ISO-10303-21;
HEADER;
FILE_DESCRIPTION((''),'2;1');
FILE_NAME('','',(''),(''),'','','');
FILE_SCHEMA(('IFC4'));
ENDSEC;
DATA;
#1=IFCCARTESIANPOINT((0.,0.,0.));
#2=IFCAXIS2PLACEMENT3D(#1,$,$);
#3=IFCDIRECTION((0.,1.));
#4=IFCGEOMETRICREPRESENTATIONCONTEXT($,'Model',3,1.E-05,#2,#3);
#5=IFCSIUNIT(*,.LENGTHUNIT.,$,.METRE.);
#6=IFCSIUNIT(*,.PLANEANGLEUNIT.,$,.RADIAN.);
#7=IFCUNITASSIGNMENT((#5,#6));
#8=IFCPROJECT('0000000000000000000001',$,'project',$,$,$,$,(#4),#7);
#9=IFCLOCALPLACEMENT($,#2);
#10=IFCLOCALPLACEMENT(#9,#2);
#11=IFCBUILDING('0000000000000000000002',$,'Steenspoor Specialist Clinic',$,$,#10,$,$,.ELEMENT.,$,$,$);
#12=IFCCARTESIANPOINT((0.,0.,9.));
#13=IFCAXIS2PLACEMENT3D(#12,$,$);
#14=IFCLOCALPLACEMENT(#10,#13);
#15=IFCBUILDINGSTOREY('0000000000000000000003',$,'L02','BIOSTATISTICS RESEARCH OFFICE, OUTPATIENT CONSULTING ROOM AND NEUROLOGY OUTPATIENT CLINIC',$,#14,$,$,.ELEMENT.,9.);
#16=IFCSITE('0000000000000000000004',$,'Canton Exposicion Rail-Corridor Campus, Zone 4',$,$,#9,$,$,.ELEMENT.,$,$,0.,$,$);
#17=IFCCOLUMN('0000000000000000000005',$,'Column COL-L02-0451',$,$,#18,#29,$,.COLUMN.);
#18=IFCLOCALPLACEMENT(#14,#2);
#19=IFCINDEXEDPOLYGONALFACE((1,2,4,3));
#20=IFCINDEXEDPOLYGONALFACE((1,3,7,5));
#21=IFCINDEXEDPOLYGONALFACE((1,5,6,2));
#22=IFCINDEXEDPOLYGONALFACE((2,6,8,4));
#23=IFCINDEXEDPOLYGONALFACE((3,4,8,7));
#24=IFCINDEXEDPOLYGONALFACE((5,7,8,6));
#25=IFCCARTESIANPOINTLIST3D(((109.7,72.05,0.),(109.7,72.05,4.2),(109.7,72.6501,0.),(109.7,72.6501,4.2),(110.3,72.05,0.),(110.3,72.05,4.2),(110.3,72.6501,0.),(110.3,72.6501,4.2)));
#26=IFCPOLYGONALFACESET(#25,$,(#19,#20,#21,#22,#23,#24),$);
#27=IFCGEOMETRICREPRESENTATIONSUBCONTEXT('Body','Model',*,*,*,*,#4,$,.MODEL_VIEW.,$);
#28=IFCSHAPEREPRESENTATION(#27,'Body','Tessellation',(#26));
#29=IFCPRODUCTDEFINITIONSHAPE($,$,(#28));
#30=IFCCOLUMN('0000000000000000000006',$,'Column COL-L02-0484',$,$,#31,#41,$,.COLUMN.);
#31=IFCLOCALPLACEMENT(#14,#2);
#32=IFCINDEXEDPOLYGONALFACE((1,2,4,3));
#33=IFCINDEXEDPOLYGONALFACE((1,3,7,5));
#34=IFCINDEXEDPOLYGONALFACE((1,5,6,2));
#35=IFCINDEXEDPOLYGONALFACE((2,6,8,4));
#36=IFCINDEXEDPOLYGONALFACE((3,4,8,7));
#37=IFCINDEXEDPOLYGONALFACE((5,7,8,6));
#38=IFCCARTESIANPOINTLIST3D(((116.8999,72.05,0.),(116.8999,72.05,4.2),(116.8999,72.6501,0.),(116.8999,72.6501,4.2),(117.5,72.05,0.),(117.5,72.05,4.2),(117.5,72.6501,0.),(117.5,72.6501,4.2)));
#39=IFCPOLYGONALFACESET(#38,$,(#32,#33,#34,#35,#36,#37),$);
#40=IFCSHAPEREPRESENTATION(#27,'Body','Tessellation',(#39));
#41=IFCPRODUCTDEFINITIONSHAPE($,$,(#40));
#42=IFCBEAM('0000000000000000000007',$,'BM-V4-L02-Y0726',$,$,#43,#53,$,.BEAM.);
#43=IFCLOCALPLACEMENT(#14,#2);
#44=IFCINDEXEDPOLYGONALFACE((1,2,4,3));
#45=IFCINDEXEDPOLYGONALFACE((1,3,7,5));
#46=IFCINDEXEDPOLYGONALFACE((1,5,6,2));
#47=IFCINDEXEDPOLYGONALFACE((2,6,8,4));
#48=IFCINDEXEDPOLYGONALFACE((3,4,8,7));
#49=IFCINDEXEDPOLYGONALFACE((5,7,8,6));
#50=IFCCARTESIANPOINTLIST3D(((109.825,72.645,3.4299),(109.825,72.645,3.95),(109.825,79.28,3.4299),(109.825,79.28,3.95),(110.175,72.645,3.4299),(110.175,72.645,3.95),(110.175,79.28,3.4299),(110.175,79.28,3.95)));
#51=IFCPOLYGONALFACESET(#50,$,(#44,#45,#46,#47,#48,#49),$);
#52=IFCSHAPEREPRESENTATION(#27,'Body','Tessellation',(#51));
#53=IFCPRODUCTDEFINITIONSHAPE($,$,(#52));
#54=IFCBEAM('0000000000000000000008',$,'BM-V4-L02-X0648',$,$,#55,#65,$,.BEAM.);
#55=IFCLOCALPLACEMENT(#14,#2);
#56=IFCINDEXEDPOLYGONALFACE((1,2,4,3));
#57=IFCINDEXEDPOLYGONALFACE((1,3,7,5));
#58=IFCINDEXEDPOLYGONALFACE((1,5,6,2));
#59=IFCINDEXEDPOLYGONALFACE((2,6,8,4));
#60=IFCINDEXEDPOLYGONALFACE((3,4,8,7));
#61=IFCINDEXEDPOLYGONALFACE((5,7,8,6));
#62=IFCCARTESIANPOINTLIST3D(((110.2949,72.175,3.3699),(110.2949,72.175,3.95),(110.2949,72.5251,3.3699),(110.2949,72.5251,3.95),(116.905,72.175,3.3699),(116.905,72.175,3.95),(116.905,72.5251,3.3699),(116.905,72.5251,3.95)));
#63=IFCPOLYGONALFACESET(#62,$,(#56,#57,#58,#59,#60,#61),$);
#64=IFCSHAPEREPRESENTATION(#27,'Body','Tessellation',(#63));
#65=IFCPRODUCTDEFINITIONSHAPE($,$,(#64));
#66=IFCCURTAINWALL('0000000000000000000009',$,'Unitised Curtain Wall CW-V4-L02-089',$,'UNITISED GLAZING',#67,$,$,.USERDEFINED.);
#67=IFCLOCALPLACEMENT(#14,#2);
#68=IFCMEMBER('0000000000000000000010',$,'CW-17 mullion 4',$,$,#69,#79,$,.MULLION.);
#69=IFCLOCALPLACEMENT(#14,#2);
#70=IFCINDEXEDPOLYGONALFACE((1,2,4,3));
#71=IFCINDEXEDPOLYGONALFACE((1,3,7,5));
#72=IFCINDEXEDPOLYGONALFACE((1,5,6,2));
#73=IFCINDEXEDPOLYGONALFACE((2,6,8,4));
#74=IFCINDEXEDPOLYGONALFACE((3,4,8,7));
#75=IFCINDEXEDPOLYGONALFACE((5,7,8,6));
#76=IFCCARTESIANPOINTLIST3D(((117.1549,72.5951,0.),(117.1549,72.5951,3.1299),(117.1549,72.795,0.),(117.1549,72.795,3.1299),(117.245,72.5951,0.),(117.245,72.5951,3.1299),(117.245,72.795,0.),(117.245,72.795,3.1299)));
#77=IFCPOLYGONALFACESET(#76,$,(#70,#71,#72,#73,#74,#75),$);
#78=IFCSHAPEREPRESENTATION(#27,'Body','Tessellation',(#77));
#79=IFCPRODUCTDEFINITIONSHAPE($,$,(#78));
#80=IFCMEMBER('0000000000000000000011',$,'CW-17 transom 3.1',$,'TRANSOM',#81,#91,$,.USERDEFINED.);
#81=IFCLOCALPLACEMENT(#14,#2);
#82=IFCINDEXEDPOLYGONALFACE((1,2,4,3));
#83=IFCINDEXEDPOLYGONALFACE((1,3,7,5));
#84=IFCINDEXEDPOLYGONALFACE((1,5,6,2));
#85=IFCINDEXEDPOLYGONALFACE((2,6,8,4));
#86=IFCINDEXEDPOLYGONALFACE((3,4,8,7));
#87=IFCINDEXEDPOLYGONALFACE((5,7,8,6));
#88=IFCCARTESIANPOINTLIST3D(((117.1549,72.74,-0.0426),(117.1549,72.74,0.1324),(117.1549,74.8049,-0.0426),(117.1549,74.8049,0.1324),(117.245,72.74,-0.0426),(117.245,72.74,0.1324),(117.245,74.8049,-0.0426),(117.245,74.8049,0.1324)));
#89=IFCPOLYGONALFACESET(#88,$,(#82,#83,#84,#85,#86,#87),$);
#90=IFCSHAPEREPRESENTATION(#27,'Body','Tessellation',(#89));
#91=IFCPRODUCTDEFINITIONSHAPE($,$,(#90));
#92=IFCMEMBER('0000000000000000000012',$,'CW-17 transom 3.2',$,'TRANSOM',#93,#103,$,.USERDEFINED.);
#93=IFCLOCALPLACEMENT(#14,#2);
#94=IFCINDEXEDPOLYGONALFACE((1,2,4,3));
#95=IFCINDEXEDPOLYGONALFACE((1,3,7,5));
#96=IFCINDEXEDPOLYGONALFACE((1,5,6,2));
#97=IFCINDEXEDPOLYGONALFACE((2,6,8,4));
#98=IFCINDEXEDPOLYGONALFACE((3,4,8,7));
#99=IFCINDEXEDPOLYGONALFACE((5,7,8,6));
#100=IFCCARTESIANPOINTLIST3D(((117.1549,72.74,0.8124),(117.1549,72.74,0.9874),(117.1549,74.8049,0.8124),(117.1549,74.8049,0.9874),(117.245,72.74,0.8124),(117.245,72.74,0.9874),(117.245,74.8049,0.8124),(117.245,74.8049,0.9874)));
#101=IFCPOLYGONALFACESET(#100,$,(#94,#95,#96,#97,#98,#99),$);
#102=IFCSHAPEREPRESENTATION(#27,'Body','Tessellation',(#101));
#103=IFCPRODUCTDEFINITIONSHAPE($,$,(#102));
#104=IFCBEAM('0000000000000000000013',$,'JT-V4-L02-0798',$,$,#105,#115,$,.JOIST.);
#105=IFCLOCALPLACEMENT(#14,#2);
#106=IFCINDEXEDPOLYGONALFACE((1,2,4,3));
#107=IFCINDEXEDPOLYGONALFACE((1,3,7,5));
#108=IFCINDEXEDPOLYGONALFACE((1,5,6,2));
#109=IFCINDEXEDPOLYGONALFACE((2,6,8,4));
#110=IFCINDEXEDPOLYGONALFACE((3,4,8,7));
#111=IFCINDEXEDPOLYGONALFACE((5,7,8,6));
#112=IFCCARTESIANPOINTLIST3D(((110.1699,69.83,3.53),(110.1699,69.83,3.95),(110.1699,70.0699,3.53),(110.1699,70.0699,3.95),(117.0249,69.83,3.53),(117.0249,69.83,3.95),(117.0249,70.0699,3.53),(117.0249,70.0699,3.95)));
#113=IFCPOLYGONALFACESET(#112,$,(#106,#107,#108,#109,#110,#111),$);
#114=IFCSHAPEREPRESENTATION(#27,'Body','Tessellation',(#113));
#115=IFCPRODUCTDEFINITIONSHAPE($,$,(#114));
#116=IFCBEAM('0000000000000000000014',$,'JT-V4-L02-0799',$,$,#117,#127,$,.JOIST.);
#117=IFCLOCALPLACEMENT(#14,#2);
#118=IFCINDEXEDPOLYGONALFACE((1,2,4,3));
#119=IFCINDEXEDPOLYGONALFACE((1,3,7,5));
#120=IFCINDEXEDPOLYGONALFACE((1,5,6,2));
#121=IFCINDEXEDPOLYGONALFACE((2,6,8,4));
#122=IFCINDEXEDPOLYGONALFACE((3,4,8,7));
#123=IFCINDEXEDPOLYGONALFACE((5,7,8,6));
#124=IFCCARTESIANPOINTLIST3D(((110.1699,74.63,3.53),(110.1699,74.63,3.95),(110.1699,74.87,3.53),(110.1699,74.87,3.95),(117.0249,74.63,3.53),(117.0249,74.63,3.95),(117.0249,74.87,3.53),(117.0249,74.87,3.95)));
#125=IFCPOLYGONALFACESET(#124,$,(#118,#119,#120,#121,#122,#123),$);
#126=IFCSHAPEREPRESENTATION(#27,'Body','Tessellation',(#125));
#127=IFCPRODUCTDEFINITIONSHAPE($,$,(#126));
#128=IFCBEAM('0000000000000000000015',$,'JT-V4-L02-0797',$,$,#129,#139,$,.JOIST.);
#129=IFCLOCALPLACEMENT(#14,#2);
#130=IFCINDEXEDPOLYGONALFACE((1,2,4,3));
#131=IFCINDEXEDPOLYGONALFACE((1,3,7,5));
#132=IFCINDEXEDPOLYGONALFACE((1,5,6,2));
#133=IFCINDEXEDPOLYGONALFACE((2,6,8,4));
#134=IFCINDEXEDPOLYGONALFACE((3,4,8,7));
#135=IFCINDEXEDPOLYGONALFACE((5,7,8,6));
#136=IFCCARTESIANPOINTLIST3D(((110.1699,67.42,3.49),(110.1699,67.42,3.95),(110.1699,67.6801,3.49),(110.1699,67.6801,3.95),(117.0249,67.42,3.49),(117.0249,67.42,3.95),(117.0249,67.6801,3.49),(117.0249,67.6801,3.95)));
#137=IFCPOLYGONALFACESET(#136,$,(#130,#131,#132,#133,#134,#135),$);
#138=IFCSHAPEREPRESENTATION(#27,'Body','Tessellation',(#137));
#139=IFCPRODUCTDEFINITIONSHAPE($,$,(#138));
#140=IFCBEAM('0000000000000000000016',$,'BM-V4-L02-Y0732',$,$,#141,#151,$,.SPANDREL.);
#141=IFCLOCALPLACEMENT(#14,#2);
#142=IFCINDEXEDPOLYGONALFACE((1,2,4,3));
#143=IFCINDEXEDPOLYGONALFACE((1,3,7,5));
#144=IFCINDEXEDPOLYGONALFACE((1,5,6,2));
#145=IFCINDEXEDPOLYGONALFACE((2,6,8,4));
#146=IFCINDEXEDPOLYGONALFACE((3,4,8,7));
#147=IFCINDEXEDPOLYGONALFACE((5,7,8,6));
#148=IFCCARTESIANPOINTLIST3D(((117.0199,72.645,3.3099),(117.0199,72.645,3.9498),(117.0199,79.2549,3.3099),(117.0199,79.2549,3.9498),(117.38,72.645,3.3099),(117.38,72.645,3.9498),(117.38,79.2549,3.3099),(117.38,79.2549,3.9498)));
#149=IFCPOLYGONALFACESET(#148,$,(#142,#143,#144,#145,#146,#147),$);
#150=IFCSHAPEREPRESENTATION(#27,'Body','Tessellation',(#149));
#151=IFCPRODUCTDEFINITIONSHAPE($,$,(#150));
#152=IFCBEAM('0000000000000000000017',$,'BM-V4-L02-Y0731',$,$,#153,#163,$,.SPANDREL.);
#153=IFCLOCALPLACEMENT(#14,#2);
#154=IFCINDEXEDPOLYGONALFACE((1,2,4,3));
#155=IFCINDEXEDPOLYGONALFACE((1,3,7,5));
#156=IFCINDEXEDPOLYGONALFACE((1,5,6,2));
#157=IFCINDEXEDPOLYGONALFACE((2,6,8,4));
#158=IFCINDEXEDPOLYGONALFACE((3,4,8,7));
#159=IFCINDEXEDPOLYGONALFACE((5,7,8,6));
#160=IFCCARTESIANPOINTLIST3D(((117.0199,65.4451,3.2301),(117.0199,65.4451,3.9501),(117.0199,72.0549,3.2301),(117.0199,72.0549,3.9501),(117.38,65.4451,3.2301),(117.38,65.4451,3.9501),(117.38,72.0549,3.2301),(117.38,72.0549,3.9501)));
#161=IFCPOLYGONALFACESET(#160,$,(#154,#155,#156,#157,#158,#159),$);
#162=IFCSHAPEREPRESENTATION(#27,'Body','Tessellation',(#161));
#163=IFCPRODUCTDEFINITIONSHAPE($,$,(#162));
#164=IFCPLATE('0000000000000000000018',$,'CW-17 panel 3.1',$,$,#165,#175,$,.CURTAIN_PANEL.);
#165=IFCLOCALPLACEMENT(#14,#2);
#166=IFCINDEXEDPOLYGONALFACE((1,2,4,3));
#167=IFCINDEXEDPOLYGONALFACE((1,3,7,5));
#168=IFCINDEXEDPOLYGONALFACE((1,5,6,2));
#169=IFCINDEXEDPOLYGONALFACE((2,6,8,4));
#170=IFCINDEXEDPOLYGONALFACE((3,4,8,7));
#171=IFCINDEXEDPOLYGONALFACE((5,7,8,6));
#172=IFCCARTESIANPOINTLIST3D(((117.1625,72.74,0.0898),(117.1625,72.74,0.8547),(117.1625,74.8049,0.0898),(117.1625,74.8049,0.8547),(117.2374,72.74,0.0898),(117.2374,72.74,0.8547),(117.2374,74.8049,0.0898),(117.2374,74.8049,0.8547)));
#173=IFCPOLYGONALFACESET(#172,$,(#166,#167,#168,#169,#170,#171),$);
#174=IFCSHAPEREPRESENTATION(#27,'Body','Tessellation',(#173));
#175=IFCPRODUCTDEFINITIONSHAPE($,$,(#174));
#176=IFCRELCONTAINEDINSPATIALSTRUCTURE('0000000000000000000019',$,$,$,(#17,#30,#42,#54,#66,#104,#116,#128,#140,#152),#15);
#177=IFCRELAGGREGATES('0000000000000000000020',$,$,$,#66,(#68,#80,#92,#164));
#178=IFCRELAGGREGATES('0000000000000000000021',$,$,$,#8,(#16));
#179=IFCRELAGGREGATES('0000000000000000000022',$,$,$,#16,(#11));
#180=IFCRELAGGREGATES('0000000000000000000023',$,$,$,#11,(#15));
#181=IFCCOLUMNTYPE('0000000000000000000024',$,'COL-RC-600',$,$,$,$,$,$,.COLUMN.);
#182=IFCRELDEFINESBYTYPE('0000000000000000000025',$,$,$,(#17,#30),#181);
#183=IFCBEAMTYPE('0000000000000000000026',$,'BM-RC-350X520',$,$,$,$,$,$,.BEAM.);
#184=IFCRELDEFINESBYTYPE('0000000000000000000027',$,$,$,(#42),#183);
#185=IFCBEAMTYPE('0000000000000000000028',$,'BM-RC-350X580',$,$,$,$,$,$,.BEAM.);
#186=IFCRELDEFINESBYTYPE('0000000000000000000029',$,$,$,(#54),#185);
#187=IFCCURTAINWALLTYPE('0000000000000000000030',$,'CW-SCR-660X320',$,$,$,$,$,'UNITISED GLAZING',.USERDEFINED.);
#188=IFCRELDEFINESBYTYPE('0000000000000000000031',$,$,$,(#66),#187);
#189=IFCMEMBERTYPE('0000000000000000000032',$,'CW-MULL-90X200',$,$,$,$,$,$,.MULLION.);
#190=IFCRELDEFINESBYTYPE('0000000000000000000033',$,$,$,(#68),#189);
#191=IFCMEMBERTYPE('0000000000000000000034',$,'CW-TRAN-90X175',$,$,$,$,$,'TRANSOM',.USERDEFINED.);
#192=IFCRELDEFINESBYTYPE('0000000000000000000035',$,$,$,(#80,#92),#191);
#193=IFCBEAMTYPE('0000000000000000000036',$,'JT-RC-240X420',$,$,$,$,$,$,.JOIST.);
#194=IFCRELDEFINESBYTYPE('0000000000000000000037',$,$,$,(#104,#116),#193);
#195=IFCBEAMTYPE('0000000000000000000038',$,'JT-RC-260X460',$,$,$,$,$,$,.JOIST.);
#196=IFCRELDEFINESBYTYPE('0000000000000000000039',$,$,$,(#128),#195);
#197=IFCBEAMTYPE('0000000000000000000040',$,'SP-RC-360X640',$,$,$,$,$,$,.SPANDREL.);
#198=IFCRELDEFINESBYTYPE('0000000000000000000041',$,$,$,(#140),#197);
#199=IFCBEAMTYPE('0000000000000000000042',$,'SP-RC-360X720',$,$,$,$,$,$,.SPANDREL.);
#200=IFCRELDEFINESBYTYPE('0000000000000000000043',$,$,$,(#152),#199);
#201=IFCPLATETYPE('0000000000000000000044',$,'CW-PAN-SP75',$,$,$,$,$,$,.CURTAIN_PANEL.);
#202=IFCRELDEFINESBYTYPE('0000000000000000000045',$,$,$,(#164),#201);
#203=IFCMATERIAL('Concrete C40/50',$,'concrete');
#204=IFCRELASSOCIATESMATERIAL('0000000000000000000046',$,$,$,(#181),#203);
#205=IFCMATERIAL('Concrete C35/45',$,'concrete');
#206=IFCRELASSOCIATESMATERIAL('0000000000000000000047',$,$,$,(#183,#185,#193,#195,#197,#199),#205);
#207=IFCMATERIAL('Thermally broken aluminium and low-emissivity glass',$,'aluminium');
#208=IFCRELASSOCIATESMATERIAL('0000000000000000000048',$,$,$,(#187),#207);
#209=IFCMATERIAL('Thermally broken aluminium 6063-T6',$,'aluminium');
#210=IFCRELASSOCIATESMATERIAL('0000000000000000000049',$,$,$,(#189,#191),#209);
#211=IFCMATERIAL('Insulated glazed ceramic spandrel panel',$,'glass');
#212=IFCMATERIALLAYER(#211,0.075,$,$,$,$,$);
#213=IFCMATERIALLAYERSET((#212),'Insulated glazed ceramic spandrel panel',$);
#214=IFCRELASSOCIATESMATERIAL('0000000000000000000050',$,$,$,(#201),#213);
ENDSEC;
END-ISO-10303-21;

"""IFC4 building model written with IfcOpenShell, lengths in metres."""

from ifc_helpers import new_model, si_unit, direction, frame, origin, origin_2d, place, context, subcontext, project, spatial, rectangle, extrude, material, layer, layer_set, material_profile, profile_set, type_object, element, aggregate, save


model = new_model("IFC4")

# Units and contexts
model_context = context("Model", 3, precision=1e-05, world=origin(), true_north=direction((0.0, 1.0)))
body_context = subcontext(model_context, "Body", "Model", "MODEL_VIEW")
ifc_project = project(units=[si_unit("LENGTHUNIT", "METRE"), si_unit("PLANEANGLEUNIT", "RADIAN")], contexts=[model_context])

# Site, building, storey
site_placement = place(None, origin())
site = spatial("IfcSite", under=ifc_project, at=site_placement, Name="Canton Exposicion Rail-Corridor Campus, Zone 4", CompositionType="ELEMENT", RefElevation=0.0)
building_placement = place(site_placement, origin())
building = spatial("IfcBuilding", under=site, at=building_placement, Name="Steenspoor Specialist Clinic", CompositionType="ELEMENT")
storey_placement = place(building_placement, frame((0.0, 0.0, 9.0)))
storey = spatial("IfcBuildingStorey", under=building, at=storey_placement, Name="L02", Description="BIOSTATISTICS RESEARCH OFFICE, OUTPATIENT CONSULTING ROOM AND NEUROLOGY OUTPATIENT CLINIC", CompositionType="ELEMENT", Elevation=9.0)

# Columns
ifc_material_1 = material(Name="Concrete C40/50", Category="concrete")
ifc_material_profile_1 = material_profile(ifc_material_1, rectangle(XDim=0.6001, YDim=0.6001, at=origin_2d()), Name="RC-COL-600X600")
ifc_profile_set_1 = profile_set([ifc_material_profile_1], Name="Concrete C40/50")
column_type = type_object("IfcColumnType", Name="COL-RC-600", PredefinedType="COLUMN", material=ifc_profile_set_1)
for number, where, z_axis, x_axis, name in (
    (1, (110.0, 72.3501, 0.0), (0.0, 0.0, 1.0), (1.0, 0.0, 0.0), "Column COL-L02-0451"),
    (2, (117.2, 72.3501, 0.0), (0.0, 0.0, 1.0), (1.0, 0.0, 0.0), "Column COL-L02-0484"),
):
    element("IfcColumn", number, at=place(storey_placement, frame(where, z_axis=z_axis, x_axis=x_axis)), inside=storey, type_object=column_type, Name=name, PredefinedType="COLUMN", context=body_context, shape_type="SweptSolid", body=[
        extrude(rectangle(XDim=0.6001, YDim=0.6001, at=origin_2d()), origin(), (0.0, 0.0, 1.0), 4.2),
    ])

# Beams
ifc_material_2 = material(Name="Concrete C35/45", Category="concrete")
ifc_material_profile_2 = material_profile(ifc_material_2, rectangle(XDim=0.3501, YDim=0.52, at=origin_2d()), Name="RC-BM-350X520")
ifc_profile_set_2 = profile_set([ifc_material_profile_2], Name="Concrete C35/45")
beam_type_1 = type_object("IfcBeamType", Name="BM-RC-350X520", PredefinedType="BEAM", material=ifc_profile_set_2)
beam_1_placement = place(storey_placement, frame((110.0, 72.645, 3.6899), z_axis=(0.0, 1.0, 0.0), x_axis=(-1.0, 0.0, 0.0)))
element("IfcBeam", 3, at=beam_1_placement, inside=storey, type_object=beam_type_1, Name="BM-V4-L02-Y0726", PredefinedType="BEAM", context=body_context, shape_type="SweptSolid", body=[
    extrude(rectangle(XDim=0.3501, YDim=0.52, at=origin_2d()), origin(), (0.0, 0.0, 1.0), 6.635),
])
ifc_material_profile_3 = material_profile(ifc_material_2, rectangle(XDim=0.3501, YDim=0.5801, at=origin_2d()), Name="RC-BM-350X580")
ifc_profile_set_3 = profile_set([ifc_material_profile_3], Name="Concrete C35/45")
beam_type_2 = type_object("IfcBeamType", Name="BM-RC-350X580", PredefinedType="BEAM", material=ifc_profile_set_3)
beam_2_placement = place(storey_placement, frame((110.2949, 72.3501, 3.6599), z_axis=(1.0, 0.0, 0.0), x_axis=(0.0, 1.0, 0.0)))
element("IfcBeam", 4, at=beam_2_placement, inside=storey, type_object=beam_type_2, Name="BM-V4-L02-X0648", PredefinedType="BEAM", context=body_context, shape_type="SweptSolid", body=[
    extrude(rectangle(XDim=0.3501, YDim=0.5801, at=origin_2d()), origin(), (0.0, 0.0, 1.0), 6.6101),
])

# Curtain wall, members
ifc_material_3 = material(Name="Thermally broken aluminium and low-emissivity glass", Category="aluminium")
curtain_wall_type = type_object("IfcCurtainWallType", Name="CW-SCR-660X320", ElementType="UNITISED GLAZING", PredefinedType="USERDEFINED", material=ifc_material_3)
curtain_wall_placement = place(storey_placement, origin())
curtain_wall = element("IfcCurtainWall", 5, at=curtain_wall_placement, inside=storey, type_object=curtain_wall_type, Name="Unitised Curtain Wall CW-V4-L02-089", ObjectType="UNITISED GLAZING", PredefinedType="USERDEFINED")
ifc_material_4 = material(Name="Thermally broken aluminium 6063-T6", Category="aluminium")
ifc_material_profile_4 = material_profile(ifc_material_4, rectangle(XDim=0.0901, YDim=0.2, at=origin_2d()), Name="CWM-90X200")
ifc_profile_set_4 = profile_set([ifc_material_profile_4], Name="Thermally broken aluminium 6063-T6")
member_type_1 = type_object("IfcMemberType", Name="CW-MULL-90X200", PredefinedType="MULLION", material=ifc_profile_set_4)
member_1_placement = place(storey_placement, frame((117.2, 72.6951, 0.0), z_axis=(0.0, 0.0, 1.0), x_axis=(1.0, 0.0, 0.0)))
member_1 = element("IfcMember", 6, at=member_1_placement, type_object=member_type_1, Name="CW-17 mullion 4", PredefinedType="MULLION", context=body_context, shape_type="SweptSolid", body=[
    extrude(rectangle(XDim=0.0901, YDim=0.2, at=origin_2d()), origin(), (0.0, 0.0, 1.0), 3.1299),
])
ifc_material_profile_5 = material_profile(ifc_material_4, rectangle(XDim=0.0901, YDim=0.175, at=origin_2d()), Name="CWT-90X175")
ifc_profile_set_5 = profile_set([ifc_material_profile_5], Name="Thermally broken aluminium 6063-T6")
member_type_2 = type_object("IfcMemberType", Name="CW-TRAN-90X175", ElementType="TRANSOM", PredefinedType="USERDEFINED", material=ifc_profile_set_5)
member_2_placement = place(storey_placement, frame((117.2, 74.8049, 0.0449), z_axis=(0.0, -1.0, 0.0), x_axis=(1.0, 0.0, 0.0)))
member_2 = element("IfcMember", 7, at=member_2_placement, type_object=member_type_2, Name="CW-17 transom 3.1", ObjectType="TRANSOM", PredefinedType="USERDEFINED", context=body_context, shape_type="SweptSolid", body=[
    extrude(rectangle(XDim=0.0901, YDim=0.175, at=origin_2d()), origin(), (0.0, 0.0, 1.0), 2.0649),
])
member_3_placement = place(storey_placement, frame((117.2, 74.8049, 0.8999), z_axis=(0.0, -1.0, 0.0), x_axis=(1.0, 0.0, 0.0)))
member_3 = element("IfcMember", 8, at=member_3_placement, type_object=member_type_2, Name="CW-17 transom 3.2", ObjectType="TRANSOM", PredefinedType="USERDEFINED", context=body_context, shape_type="SweptSolid", body=[
    extrude(rectangle(XDim=0.0901, YDim=0.175, at=origin_2d()), origin(), (0.0, 0.0, 1.0), 2.0649),
])

# Beams
ifc_material_profile_6 = material_profile(ifc_material_2, rectangle(XDim=0.24, YDim=0.4199, at=origin_2d()), Name="RC-JT-240X420")
ifc_profile_set_6 = profile_set([ifc_material_profile_6], Name="Concrete C35/45")
beam_type_3 = type_object("IfcBeamType", Name="JT-RC-240X420", PredefinedType="JOIST", material=ifc_profile_set_6)
for number, where, z_axis, x_axis, name in (
    (9, (110.1699, 69.95, 3.74), (1.0, 0.0, 0.0), (0.0, 1.0, 0.0), "JT-V4-L02-0798"),
    (10, (110.1699, 74.75, 3.74), (1.0, 0.0, 0.0), (0.0, 1.0, 0.0), "JT-V4-L02-0799"),
):
    element("IfcBeam", number, at=place(storey_placement, frame(where, z_axis=z_axis, x_axis=x_axis)), inside=storey, type_object=beam_type_3, Name=name, PredefinedType="JOIST", context=body_context, shape_type="SweptSolid", body=[
        extrude(rectangle(XDim=0.24, YDim=0.4199, at=origin_2d()), origin(), (0.0, 0.0, 1.0), 6.855),
    ])
ifc_material_profile_7 = material_profile(ifc_material_2, rectangle(XDim=0.26, YDim=0.46, at=origin_2d()), Name="RC-JT-260X460")
ifc_profile_set_7 = profile_set([ifc_material_profile_7], Name="Concrete C35/45")
beam_type_4 = type_object("IfcBeamType", Name="JT-RC-260X460", PredefinedType="JOIST", material=ifc_profile_set_7)
beam_3_placement = place(storey_placement, frame((110.1699, 67.55, 3.72), z_axis=(1.0, 0.0, 0.0), x_axis=(0.0, 1.0, 0.0)))
element("IfcBeam", 11, at=beam_3_placement, inside=storey, type_object=beam_type_4, Name="JT-V4-L02-0797", PredefinedType="JOIST", context=body_context, shape_type="SweptSolid", body=[
    extrude(rectangle(XDim=0.26, YDim=0.46, at=origin_2d()), origin(), (0.0, 0.0, 1.0), 6.855),
])
ifc_material_profile_8 = material_profile(ifc_material_2, rectangle(XDim=0.3601, YDim=0.6399, at=origin_2d()), Name="RC-SP-360X640")
ifc_profile_set_8 = profile_set([ifc_material_profile_8], Name="Concrete C35/45")
beam_type_5 = type_object("IfcBeamType", Name="SP-RC-360X640", PredefinedType="SPANDREL", material=ifc_profile_set_8)
beam_4_placement = place(storey_placement, frame((117.2, 72.645, 3.6299), z_axis=(0.0, 1.0, 0.0), x_axis=(-1.0, 0.0, 0.0)))
element("IfcBeam", 12, at=beam_4_placement, inside=storey, type_object=beam_type_5, Name="BM-V4-L02-Y0732", PredefinedType="SPANDREL", context=body_context, shape_type="SweptSolid", body=[
    extrude(rectangle(XDim=0.3601, YDim=0.6399, at=origin_2d()), origin(), (0.0, 0.0, 1.0), 6.6099),
])
ifc_material_profile_9 = material_profile(ifc_material_2, rectangle(XDim=0.3601, YDim=0.72, at=origin_2d()), Name="RC-SP-360X720")
ifc_profile_set_9 = profile_set([ifc_material_profile_9], Name="Concrete C35/45")
beam_type_6 = type_object("IfcBeamType", Name="SP-RC-360X720", PredefinedType="SPANDREL", material=ifc_profile_set_9)
beam_5_placement = place(storey_placement, frame((117.2, 65.4451, 3.5901), z_axis=(0.0, 1.0, 0.0), x_axis=(-1.0, 0.0, 0.0)))
element("IfcBeam", 13, at=beam_5_placement, inside=storey, type_object=beam_type_6, Name="BM-V4-L02-Y0731", PredefinedType="SPANDREL", context=body_context, shape_type="SweptSolid", body=[
    extrude(rectangle(XDim=0.3601, YDim=0.72, at=origin_2d()), origin(), (0.0, 0.0, 1.0), 6.6099),
])

# Plate
ifc_material_5 = material(Name="Insulated glazed ceramic spandrel panel", Category="glass")
ifc_layer_1 = layer(ifc_material_5, 0.075)
ifc_layer_set_1 = layer_set([ifc_layer_1], Name="Insulated glazed ceramic spandrel panel")
plate_type = type_object("IfcPlateType", Name="CW-PAN-SP75", PredefinedType="CURTAIN_PANEL", material=ifc_layer_set_1)
plate_1_placement = place(storey_placement, frame((117.2, 73.7725, 0.0898), z_axis=(0.0, 0.0, 1.0), x_axis=(0.0, -1.0, 0.0)))
plate_1 = element("IfcPlate", 14, at=plate_1_placement, type_object=plate_type, Name="CW-17 panel 3.1", PredefinedType="CURTAIN_PANEL", context=body_context, shape_type="SweptSolid", body=[
    extrude(rectangle(XDim=2.0649, YDim=0.075, at=origin_2d()), origin(), (0.0, 0.0, 1.0), 0.7649),
])
aggregate(curtain_wall, [member_1, member_2, member_3, plate_1])

save(model, "model.ifc")
